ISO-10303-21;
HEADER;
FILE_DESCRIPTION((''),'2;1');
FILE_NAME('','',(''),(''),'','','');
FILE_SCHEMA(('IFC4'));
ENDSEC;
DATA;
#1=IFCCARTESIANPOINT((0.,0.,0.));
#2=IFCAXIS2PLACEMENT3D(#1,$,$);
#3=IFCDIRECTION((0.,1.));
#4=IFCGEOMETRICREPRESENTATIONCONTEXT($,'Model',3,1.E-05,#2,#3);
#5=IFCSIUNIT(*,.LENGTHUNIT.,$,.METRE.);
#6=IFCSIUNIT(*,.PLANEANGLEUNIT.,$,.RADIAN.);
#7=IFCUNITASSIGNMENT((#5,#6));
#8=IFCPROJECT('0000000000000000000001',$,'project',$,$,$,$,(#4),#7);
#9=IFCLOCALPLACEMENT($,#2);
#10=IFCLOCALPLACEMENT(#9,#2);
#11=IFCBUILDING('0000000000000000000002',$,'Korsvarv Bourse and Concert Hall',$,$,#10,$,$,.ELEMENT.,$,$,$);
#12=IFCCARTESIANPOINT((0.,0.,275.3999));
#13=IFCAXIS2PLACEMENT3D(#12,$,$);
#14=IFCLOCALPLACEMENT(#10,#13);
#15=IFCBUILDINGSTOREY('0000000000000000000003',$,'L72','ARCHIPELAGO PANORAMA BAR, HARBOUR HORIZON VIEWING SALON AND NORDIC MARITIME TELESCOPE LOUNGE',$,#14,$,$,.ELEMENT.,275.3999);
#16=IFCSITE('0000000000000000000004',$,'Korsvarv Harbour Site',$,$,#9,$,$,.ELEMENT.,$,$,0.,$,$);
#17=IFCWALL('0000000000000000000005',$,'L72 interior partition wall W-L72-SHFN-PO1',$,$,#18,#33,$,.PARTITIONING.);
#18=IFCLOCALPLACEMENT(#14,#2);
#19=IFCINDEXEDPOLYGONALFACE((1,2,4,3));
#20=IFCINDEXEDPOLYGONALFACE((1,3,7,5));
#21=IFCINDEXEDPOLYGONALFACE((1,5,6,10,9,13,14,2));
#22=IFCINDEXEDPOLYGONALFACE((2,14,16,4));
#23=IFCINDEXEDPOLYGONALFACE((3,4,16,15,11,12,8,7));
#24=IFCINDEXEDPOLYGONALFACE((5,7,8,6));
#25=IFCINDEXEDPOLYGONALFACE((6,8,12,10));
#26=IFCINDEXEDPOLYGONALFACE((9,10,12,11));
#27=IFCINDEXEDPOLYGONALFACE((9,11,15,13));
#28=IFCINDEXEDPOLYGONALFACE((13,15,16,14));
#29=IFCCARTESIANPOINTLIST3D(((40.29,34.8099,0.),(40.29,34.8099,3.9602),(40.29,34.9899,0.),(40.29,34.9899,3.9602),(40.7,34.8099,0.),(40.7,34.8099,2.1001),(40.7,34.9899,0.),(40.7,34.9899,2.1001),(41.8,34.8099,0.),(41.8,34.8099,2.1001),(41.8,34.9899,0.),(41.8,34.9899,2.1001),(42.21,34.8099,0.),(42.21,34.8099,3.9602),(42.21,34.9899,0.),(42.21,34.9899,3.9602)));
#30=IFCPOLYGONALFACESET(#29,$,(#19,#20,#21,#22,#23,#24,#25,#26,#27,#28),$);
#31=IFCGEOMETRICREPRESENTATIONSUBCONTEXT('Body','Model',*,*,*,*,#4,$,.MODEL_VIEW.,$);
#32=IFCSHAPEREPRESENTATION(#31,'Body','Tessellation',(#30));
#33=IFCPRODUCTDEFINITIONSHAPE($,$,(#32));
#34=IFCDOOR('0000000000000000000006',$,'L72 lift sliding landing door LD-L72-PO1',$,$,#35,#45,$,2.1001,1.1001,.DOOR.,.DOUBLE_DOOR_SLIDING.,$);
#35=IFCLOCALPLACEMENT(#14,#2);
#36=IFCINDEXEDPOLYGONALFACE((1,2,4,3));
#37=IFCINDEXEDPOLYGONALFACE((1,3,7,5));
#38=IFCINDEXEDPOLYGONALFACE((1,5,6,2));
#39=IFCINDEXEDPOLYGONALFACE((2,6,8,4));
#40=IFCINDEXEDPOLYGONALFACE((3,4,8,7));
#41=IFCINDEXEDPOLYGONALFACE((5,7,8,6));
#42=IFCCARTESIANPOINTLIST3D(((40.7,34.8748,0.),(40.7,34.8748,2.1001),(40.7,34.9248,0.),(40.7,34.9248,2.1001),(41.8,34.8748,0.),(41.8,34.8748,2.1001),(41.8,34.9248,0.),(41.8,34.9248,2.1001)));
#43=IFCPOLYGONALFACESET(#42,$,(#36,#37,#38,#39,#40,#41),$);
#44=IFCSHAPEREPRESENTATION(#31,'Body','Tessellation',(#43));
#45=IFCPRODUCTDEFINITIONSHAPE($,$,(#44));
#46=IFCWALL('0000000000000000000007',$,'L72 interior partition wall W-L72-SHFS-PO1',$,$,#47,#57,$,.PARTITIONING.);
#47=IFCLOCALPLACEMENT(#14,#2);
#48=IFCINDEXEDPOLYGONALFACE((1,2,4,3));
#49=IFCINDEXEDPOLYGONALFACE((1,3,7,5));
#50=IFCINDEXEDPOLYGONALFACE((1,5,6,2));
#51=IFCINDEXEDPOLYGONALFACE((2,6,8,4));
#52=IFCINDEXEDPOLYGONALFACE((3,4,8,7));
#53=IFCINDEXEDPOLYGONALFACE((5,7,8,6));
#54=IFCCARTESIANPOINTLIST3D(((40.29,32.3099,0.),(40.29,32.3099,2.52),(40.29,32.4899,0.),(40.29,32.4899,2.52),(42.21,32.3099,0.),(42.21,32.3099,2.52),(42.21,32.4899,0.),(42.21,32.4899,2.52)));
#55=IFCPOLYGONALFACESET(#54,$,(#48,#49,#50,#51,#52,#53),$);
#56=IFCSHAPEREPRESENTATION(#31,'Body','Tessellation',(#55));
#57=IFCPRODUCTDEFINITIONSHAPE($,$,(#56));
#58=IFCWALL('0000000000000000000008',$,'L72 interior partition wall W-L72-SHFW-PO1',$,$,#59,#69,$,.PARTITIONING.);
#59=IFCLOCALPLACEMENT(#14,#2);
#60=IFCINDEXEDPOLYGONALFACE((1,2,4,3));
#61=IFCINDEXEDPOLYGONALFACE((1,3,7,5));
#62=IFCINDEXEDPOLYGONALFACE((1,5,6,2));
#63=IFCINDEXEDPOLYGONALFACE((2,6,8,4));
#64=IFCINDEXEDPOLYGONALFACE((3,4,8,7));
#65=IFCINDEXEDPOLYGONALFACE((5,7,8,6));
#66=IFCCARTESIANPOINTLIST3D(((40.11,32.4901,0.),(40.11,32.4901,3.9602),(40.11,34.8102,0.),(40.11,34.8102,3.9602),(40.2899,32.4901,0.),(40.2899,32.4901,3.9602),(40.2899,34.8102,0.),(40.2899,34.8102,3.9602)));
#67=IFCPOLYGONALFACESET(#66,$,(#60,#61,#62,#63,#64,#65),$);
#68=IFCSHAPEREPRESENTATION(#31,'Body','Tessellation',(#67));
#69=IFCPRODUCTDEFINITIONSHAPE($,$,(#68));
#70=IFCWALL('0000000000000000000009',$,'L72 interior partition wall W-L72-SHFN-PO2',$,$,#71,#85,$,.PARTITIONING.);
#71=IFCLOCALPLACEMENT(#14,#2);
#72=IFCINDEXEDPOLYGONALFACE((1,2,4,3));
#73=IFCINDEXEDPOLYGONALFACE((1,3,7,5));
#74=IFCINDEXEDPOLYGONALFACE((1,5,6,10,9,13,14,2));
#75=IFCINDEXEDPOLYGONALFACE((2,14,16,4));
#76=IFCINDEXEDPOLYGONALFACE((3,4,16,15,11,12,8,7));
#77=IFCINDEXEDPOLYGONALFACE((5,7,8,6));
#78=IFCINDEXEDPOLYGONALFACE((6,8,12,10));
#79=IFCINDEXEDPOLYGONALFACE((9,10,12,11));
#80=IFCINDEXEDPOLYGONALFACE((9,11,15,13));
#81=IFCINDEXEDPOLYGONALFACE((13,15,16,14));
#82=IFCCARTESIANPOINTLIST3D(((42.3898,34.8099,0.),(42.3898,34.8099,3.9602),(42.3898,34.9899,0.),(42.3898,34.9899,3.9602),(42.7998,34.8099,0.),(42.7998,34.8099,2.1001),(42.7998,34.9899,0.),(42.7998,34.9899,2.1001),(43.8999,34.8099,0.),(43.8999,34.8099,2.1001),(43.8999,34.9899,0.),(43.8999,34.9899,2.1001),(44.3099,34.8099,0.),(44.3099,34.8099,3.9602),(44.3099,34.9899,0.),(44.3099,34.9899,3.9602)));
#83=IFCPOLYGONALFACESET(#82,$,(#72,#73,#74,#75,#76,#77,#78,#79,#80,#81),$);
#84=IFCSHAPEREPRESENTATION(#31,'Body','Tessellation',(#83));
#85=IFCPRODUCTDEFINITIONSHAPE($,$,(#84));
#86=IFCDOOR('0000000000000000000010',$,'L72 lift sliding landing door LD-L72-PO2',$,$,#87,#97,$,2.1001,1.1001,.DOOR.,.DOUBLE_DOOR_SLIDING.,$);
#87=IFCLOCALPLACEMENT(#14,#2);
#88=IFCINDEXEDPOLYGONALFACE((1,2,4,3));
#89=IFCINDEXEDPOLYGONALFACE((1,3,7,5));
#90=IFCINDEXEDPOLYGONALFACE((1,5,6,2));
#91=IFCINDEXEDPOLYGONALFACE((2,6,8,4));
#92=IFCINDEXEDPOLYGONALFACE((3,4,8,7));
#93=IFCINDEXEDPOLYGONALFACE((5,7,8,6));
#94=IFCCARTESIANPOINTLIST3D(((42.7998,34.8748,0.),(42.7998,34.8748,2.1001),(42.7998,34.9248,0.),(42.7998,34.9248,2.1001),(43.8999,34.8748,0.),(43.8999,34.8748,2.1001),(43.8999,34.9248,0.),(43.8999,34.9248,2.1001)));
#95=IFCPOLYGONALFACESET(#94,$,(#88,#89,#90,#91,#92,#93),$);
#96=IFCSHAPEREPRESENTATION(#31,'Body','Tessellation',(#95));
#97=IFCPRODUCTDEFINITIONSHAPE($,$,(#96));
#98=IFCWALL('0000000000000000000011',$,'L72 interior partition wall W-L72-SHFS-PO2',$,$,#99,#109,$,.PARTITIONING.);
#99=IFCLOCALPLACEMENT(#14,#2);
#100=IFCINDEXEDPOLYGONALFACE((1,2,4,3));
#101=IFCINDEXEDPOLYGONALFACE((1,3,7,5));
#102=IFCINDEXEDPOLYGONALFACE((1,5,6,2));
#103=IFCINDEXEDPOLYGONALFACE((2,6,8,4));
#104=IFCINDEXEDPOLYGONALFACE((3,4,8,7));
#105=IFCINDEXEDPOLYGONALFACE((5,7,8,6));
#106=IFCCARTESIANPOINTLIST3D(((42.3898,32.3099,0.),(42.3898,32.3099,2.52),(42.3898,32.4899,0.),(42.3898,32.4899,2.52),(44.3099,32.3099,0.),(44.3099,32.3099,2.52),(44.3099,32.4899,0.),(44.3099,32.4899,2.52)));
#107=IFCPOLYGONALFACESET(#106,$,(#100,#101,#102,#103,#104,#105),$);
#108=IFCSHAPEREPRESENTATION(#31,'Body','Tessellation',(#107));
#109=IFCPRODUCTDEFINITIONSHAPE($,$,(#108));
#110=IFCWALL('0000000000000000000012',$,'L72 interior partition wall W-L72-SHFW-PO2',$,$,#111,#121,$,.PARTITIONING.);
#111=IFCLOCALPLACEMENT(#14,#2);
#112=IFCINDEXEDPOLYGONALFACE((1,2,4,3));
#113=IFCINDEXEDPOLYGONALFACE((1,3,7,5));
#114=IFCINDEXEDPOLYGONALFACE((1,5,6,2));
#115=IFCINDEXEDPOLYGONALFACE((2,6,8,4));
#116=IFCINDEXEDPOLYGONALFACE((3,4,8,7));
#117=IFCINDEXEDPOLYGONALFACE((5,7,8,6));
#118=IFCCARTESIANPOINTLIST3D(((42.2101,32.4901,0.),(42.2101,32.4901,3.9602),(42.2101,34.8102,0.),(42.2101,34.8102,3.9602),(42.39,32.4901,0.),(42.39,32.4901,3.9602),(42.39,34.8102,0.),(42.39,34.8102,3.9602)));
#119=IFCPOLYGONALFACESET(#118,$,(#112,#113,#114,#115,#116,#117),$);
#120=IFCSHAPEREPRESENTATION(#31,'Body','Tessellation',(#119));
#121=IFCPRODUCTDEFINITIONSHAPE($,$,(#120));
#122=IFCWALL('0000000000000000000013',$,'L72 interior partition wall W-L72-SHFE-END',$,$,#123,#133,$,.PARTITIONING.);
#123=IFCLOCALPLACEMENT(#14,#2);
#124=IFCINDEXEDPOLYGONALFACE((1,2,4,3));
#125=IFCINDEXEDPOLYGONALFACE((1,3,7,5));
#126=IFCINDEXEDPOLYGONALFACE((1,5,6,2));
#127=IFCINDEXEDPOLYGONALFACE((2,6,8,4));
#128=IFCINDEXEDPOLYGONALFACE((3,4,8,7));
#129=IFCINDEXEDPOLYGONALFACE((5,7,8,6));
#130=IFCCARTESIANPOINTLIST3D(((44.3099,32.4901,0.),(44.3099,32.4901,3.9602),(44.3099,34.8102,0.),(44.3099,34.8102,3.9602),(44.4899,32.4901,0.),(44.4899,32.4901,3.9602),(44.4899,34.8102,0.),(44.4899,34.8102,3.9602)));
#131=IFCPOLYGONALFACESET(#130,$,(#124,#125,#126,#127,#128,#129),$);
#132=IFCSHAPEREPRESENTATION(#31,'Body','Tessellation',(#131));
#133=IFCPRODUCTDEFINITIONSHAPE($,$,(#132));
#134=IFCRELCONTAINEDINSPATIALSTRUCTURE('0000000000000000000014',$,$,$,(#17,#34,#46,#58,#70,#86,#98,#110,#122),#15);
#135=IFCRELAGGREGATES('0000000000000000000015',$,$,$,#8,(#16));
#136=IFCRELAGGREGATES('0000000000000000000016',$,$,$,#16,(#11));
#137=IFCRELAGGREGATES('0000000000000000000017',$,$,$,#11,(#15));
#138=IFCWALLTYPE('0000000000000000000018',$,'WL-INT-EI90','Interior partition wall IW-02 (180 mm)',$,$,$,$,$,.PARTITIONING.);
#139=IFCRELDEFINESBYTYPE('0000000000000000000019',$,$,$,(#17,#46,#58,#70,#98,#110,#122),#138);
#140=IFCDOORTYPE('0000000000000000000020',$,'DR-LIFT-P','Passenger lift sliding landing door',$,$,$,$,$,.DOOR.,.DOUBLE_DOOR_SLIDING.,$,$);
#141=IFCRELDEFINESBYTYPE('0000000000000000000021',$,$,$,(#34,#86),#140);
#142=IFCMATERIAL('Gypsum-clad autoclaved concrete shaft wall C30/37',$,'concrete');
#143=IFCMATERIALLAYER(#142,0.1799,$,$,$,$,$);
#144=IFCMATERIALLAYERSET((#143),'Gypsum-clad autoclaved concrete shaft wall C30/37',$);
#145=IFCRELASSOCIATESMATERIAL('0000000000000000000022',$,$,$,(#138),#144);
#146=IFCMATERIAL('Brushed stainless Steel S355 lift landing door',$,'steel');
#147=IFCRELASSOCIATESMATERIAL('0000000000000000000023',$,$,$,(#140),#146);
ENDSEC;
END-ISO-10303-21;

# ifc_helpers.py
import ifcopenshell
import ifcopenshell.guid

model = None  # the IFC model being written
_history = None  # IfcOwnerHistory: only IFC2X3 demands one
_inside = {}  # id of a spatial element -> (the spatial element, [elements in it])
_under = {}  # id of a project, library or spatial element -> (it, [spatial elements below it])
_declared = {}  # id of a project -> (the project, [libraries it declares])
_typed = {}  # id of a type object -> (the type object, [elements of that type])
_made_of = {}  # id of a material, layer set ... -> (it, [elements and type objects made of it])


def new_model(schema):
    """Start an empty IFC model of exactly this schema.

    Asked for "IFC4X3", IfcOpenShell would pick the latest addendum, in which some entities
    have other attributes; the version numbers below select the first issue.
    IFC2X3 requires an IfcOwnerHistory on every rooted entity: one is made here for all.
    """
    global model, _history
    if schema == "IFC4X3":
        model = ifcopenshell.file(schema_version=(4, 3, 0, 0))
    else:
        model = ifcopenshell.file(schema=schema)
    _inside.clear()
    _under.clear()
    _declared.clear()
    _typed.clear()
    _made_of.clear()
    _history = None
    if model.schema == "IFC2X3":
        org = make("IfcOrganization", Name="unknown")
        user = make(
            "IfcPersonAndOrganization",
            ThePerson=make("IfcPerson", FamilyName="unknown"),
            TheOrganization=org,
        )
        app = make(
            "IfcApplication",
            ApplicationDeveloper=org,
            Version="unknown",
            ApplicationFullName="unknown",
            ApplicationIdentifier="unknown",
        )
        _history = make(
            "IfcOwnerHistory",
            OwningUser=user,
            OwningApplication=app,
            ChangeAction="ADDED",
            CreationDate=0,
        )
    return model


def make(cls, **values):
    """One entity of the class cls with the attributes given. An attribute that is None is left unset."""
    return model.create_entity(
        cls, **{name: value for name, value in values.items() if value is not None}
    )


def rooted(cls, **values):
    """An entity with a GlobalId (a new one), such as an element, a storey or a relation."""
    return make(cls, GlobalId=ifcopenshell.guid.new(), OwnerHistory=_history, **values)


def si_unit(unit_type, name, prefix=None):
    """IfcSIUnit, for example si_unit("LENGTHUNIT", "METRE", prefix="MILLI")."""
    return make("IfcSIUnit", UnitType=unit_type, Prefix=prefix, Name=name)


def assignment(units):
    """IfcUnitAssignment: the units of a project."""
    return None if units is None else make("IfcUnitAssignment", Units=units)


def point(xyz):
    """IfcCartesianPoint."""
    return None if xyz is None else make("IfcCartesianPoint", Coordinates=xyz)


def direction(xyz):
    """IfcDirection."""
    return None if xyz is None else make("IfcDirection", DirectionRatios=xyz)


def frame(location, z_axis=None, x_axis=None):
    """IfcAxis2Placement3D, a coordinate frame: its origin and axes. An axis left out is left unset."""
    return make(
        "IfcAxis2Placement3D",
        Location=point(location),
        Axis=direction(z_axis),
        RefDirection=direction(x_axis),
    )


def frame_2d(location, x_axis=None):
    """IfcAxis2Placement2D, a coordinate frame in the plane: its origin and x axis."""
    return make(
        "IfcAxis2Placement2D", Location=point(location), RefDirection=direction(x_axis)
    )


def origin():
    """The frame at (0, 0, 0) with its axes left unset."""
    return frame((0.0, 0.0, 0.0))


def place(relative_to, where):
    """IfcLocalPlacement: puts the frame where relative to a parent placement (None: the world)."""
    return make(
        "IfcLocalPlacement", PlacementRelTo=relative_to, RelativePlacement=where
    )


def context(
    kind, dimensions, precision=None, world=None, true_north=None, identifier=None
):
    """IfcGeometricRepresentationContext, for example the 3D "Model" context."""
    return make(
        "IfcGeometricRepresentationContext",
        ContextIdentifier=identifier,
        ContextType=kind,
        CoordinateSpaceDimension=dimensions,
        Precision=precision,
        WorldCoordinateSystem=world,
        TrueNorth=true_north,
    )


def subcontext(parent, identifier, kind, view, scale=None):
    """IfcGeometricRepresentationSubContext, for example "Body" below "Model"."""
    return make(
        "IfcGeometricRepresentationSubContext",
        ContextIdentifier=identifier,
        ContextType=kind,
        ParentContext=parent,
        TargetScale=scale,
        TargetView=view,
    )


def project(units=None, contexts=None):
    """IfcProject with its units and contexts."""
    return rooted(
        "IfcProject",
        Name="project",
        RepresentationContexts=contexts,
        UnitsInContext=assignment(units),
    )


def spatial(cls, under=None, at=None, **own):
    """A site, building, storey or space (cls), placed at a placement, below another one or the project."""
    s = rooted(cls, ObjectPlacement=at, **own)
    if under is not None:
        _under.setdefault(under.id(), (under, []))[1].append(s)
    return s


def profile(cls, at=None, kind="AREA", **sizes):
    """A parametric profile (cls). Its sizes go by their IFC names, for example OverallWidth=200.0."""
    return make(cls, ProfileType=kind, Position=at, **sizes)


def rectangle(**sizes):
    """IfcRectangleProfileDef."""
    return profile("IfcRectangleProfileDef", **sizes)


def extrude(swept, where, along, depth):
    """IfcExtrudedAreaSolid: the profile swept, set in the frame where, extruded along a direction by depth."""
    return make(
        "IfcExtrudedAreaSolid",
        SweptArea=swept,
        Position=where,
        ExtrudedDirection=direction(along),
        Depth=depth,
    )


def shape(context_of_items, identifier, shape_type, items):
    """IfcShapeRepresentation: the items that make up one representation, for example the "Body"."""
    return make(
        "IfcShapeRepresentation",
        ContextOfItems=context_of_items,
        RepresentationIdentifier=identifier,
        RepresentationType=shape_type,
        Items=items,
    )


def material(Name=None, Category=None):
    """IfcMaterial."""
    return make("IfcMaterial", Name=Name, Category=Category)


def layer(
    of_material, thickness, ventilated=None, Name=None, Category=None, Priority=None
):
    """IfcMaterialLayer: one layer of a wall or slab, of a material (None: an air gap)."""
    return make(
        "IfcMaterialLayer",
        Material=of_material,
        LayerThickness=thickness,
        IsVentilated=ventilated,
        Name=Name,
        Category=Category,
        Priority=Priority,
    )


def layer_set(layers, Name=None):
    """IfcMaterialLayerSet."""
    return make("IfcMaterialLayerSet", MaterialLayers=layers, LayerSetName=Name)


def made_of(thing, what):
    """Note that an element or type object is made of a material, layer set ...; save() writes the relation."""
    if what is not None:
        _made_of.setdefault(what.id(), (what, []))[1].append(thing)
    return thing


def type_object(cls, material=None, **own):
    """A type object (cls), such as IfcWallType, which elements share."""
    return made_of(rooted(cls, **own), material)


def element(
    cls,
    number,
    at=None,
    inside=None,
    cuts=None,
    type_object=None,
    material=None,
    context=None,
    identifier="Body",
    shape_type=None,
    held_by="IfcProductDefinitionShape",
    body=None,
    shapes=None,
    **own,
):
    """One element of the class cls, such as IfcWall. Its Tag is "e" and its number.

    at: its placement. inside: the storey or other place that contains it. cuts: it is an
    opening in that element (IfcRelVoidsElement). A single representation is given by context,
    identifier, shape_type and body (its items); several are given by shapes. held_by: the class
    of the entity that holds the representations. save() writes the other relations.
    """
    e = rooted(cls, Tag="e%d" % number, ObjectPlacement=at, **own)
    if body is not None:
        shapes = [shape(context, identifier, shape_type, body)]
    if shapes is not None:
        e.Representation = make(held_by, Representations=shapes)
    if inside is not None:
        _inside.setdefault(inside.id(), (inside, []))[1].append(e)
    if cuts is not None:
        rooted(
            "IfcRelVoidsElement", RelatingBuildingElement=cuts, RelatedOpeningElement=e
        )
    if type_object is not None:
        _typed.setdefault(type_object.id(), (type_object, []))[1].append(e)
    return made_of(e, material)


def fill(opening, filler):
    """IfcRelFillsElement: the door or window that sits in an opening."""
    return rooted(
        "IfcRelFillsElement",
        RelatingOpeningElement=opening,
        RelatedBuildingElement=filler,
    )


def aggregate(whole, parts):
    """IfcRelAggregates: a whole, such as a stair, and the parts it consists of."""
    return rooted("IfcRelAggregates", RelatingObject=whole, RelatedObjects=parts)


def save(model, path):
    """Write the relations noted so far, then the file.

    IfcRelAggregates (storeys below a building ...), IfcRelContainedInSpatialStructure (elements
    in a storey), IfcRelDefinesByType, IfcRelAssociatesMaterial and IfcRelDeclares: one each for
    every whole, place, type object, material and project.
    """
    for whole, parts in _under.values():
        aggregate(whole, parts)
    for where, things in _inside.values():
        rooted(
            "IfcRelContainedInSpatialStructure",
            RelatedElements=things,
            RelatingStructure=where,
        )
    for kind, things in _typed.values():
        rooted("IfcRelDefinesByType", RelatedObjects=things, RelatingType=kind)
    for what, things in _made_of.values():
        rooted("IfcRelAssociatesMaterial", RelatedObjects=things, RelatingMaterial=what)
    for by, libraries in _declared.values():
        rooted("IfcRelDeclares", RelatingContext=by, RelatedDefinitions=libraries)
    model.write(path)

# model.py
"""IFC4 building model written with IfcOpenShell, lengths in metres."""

from ifc_helpers import new_model, si_unit, direction, frame, frame_2d, origin, place, context, subcontext, project, spatial, rectangle, extrude, material, layer, layer_set, type_object, element, fill, save


model = new_model("IFC4")

# Units and contexts
model_context = context("Model", 3, precision=1e-05, world=origin(), true_north=direction((0.0, 1.0)))
body_context = subcontext(model_context, "Body", "Model", "MODEL_VIEW")
ifc_project = project(units=[si_unit("LENGTHUNIT", "METRE"), si_unit("PLANEANGLEUNIT", "RADIAN")], contexts=[model_context])

# Site, building, storey
site_placement = place(None, origin())
site = spatial("IfcSite", under=ifc_project, at=site_placement, Name="Korsvarv Harbour Site", CompositionType="ELEMENT", RefElevation=0.0)
building_placement = place(site_placement, origin())
building = spatial("IfcBuilding", under=site, at=building_placement, Name="Korsvarv Bourse and Concert Hall", CompositionType="ELEMENT")
storey_placement = place(building_placement, frame((0.0, 0.0, 275.3999)))
storey = spatial("IfcBuildingStorey", under=building, at=storey_placement, Name="L72", Description="ARCHIPELAGO PANORAMA BAR, HARBOUR HORIZON VIEWING SALON AND NORDIC MARITIME TELESCOPE LOUNGE", CompositionType="ELEMENT", Elevation=275.3999)

# Shared definitions
ifc_material_1 = material(Name="Gypsum-clad autoclaved concrete shaft wall C30/37", Category="concrete")
ifc_layer_1 = layer(ifc_material_1, 0.1799)
ifc_layer_set_1 = layer_set([ifc_layer_1], Name="Gypsum-clad autoclaved concrete shaft wall C30/37")
wall_type_1 = type_object("IfcWallType", Name="WL-INT-EI90", Description="Interior partition wall IW-02 (180 mm)", PredefinedType="PARTITIONING", material=ifc_layer_set_1)

# Wall, opening, door
wall_1_placement = place(storey_placement, frame((40.29, 34.8999, 0.0), z_axis=(0.0, 0.0, 1.0), x_axis=(1.0, 0.0, 0.0)))
wall_1 = element("IfcWall", 1, at=wall_1_placement, inside=storey, type_object=wall_type_1, Name="L72 interior partition wall W-L72-SHFN-PO1", PredefinedType="PARTITIONING", context=body_context, shape_type="SweptSolid", body=[
    extrude(rectangle(XDim=1.9199, YDim=0.1799, at=frame_2d((0.96, 0.0))), origin(), (0.0, 0.0, 1.0), 3.9602),
])
opening_1_placement = place(wall_1_placement, frame((0.4099, 0.0, 0.0)))
opening_1 = element("IfcOpeningElement", 2, at=opening_1_placement, cuts=wall_1, PredefinedType="OPENING", context=body_context, shape_type="SweptSolid", body=[
    extrude(rectangle(XDim=1.1001, YDim=2.1001, at=frame_2d((0.55, 1.05))), frame((0.0, 0.1001, 0.0), z_axis=(0.0, -1.0, 0.0), x_axis=(1.0, 0.0, 0.0)), (0.0, 0.0, 1.0), 0.2),
])
ifc_material_2 = material(Name="Brushed stainless Steel S355 lift landing door", Category="steel")
door_type_1 = type_object("IfcDoorType", Name="DR-LIFT-P", Description="Passenger lift sliding landing door", OperationType="DOUBLE_DOOR_SLIDING", PredefinedType="DOOR", material=ifc_material_2)
door_1_placement = place(opening_1_placement, origin())
door_1 = element("IfcDoor", 3, at=door_1_placement, inside=storey, type_object=door_type_1, Name="L72 lift sliding landing door LD-L72-PO1", OperationType="DOUBLE_DOOR_SLIDING", OverallHeight=2.1001, OverallWidth=1.1001, PredefinedType="DOOR", context=body_context, shape_type="SweptSolid", body=[
    extrude(rectangle(XDim=1.1001, YDim=2.1001, at=frame_2d((0.55, 1.05))), frame((0.0, 0.0249, 0.0), z_axis=(0.0, -1.0, 0.0), x_axis=(1.0, 0.0, 0.0)), (0.0, 0.0, 1.0), 0.05),
])
fill(opening_1, door_1)

# Walls
wall_2_placement = place(storey_placement, frame((40.29, 32.3999, 0.0), z_axis=(0.0, 0.0, 1.0), x_axis=(1.0, 0.0, 0.0)))
element("IfcWall", 4, at=wall_2_placement, inside=storey, type_object=wall_type_1, Name="L72 interior partition wall W-L72-SHFS-PO1", PredefinedType="PARTITIONING", context=body_context, shape_type="SweptSolid", body=[
    extrude(rectangle(XDim=1.9199, YDim=0.1799, at=frame_2d((0.96, 0.0))), origin(), (0.0, 0.0, 1.0), 2.52),
])
wall_3_placement = place(storey_placement, frame((40.2, 32.49, 0.0), z_axis=(0.0, 0.0, 1.0), x_axis=(0.0, 1.0, 0.0)))
element("IfcWall", 5, at=wall_3_placement, inside=storey, type_object=wall_type_1, Name="L72 interior partition wall W-L72-SHFW-PO1", PredefinedType="PARTITIONING", context=body_context, shape_type="SweptSolid", body=[
    extrude(rectangle(XDim=2.3201, YDim=0.1799, at=frame_2d((1.1602, 0.0))), origin(), (0.0, 0.0, 1.0), 3.9602),
])

# Wall, opening, door
wall_4_placement = place(storey_placement, frame((42.3899, 34.8999, 0.0), z_axis=(0.0, 0.0, 1.0), x_axis=(1.0, 0.0, 0.0)))
wall_4 = element("IfcWall", 6, at=wall_4_placement, inside=storey, type_object=wall_type_1, Name="L72 interior partition wall W-L72-SHFN-PO2", PredefinedType="PARTITIONING", context=body_context, shape_type="SweptSolid", body=[
    extrude(rectangle(XDim=1.9202, YDim=0.1799, at=frame_2d((0.96, 0.0))), origin(), (0.0, 0.0, 1.0), 3.9602),
])
opening_2_placement = place(wall_4_placement, frame((0.4099, 0.0, 0.0)))
opening_2 = element("IfcOpeningElement", 7, at=opening_2_placement, cuts=wall_4, PredefinedType="OPENING", context=body_context, shape_type="SweptSolid", body=[
    extrude(rectangle(XDim=1.1001, YDim=2.1001, at=frame_2d((0.55, 1.05))), frame((0.0, 0.1001, 0.0), z_axis=(0.0, -1.0, 0.0), x_axis=(1.0, 0.0, 0.0)), (0.0, 0.0, 1.0), 0.2),
])
door_2_placement = place(opening_2_placement, origin())
door_2 = element("IfcDoor", 8, at=door_2_placement, inside=storey, type_object=door_type_1, Name="L72 lift sliding landing door LD-L72-PO2", OperationType="DOUBLE_DOOR_SLIDING", OverallHeight=2.1001, OverallWidth=1.1001, PredefinedType="DOOR", context=body_context, shape_type="SweptSolid", body=[
    extrude(rectangle(XDim=1.1001, YDim=2.1001, at=frame_2d((0.55, 1.05))), frame((0.0, 0.0249, 0.0), z_axis=(0.0, -1.0, 0.0), x_axis=(1.0, 0.0, 0.0)), (0.0, 0.0, 1.0), 0.05),
])
fill(opening_2, door_2)

# Walls
wall_5_placement = place(storey_placement, frame((42.3899, 32.3999, 0.0), z_axis=(0.0, 0.0, 1.0), x_axis=(1.0, 0.0, 0.0)))
element("IfcWall", 9, at=wall_5_placement, inside=storey, type_object=wall_type_1, Name="L72 interior partition wall W-L72-SHFS-PO2", PredefinedType="PARTITIONING", context=body_context, shape_type="SweptSolid", body=[
    extrude(rectangle(XDim=1.9202, YDim=0.1799, at=frame_2d((0.96, 0.0))), origin(), (0.0, 0.0, 1.0), 2.52),
])
for number, where, z_axis, x_axis, name in (
    (10, (42.3, 32.49, 0.0), (0.0, 0.0, 1.0), (0.0, 1.0, 0.0), "L72 interior partition wall W-L72-SHFW-PO2"),
    (11, (44.3999, 32.49, 0.0), (0.0, 0.0, 1.0), (0.0, 1.0, 0.0), "L72 interior partition wall W-L72-SHFE-END"),
):
    element("IfcWall", number, at=place(storey_placement, frame(where, z_axis=z_axis, x_axis=x_axis)), inside=storey, type_object=wall_type_1, Name=name, PredefinedType="PARTITIONING", context=body_context, shape_type="SweptSolid", body=[
        extrude(rectangle(XDim=2.3201, YDim=0.1799, at=frame_2d((1.1602, 0.0))), origin(), (0.0, 0.0, 1.0), 3.9602),
    ])

save(model, "model.ifc")
